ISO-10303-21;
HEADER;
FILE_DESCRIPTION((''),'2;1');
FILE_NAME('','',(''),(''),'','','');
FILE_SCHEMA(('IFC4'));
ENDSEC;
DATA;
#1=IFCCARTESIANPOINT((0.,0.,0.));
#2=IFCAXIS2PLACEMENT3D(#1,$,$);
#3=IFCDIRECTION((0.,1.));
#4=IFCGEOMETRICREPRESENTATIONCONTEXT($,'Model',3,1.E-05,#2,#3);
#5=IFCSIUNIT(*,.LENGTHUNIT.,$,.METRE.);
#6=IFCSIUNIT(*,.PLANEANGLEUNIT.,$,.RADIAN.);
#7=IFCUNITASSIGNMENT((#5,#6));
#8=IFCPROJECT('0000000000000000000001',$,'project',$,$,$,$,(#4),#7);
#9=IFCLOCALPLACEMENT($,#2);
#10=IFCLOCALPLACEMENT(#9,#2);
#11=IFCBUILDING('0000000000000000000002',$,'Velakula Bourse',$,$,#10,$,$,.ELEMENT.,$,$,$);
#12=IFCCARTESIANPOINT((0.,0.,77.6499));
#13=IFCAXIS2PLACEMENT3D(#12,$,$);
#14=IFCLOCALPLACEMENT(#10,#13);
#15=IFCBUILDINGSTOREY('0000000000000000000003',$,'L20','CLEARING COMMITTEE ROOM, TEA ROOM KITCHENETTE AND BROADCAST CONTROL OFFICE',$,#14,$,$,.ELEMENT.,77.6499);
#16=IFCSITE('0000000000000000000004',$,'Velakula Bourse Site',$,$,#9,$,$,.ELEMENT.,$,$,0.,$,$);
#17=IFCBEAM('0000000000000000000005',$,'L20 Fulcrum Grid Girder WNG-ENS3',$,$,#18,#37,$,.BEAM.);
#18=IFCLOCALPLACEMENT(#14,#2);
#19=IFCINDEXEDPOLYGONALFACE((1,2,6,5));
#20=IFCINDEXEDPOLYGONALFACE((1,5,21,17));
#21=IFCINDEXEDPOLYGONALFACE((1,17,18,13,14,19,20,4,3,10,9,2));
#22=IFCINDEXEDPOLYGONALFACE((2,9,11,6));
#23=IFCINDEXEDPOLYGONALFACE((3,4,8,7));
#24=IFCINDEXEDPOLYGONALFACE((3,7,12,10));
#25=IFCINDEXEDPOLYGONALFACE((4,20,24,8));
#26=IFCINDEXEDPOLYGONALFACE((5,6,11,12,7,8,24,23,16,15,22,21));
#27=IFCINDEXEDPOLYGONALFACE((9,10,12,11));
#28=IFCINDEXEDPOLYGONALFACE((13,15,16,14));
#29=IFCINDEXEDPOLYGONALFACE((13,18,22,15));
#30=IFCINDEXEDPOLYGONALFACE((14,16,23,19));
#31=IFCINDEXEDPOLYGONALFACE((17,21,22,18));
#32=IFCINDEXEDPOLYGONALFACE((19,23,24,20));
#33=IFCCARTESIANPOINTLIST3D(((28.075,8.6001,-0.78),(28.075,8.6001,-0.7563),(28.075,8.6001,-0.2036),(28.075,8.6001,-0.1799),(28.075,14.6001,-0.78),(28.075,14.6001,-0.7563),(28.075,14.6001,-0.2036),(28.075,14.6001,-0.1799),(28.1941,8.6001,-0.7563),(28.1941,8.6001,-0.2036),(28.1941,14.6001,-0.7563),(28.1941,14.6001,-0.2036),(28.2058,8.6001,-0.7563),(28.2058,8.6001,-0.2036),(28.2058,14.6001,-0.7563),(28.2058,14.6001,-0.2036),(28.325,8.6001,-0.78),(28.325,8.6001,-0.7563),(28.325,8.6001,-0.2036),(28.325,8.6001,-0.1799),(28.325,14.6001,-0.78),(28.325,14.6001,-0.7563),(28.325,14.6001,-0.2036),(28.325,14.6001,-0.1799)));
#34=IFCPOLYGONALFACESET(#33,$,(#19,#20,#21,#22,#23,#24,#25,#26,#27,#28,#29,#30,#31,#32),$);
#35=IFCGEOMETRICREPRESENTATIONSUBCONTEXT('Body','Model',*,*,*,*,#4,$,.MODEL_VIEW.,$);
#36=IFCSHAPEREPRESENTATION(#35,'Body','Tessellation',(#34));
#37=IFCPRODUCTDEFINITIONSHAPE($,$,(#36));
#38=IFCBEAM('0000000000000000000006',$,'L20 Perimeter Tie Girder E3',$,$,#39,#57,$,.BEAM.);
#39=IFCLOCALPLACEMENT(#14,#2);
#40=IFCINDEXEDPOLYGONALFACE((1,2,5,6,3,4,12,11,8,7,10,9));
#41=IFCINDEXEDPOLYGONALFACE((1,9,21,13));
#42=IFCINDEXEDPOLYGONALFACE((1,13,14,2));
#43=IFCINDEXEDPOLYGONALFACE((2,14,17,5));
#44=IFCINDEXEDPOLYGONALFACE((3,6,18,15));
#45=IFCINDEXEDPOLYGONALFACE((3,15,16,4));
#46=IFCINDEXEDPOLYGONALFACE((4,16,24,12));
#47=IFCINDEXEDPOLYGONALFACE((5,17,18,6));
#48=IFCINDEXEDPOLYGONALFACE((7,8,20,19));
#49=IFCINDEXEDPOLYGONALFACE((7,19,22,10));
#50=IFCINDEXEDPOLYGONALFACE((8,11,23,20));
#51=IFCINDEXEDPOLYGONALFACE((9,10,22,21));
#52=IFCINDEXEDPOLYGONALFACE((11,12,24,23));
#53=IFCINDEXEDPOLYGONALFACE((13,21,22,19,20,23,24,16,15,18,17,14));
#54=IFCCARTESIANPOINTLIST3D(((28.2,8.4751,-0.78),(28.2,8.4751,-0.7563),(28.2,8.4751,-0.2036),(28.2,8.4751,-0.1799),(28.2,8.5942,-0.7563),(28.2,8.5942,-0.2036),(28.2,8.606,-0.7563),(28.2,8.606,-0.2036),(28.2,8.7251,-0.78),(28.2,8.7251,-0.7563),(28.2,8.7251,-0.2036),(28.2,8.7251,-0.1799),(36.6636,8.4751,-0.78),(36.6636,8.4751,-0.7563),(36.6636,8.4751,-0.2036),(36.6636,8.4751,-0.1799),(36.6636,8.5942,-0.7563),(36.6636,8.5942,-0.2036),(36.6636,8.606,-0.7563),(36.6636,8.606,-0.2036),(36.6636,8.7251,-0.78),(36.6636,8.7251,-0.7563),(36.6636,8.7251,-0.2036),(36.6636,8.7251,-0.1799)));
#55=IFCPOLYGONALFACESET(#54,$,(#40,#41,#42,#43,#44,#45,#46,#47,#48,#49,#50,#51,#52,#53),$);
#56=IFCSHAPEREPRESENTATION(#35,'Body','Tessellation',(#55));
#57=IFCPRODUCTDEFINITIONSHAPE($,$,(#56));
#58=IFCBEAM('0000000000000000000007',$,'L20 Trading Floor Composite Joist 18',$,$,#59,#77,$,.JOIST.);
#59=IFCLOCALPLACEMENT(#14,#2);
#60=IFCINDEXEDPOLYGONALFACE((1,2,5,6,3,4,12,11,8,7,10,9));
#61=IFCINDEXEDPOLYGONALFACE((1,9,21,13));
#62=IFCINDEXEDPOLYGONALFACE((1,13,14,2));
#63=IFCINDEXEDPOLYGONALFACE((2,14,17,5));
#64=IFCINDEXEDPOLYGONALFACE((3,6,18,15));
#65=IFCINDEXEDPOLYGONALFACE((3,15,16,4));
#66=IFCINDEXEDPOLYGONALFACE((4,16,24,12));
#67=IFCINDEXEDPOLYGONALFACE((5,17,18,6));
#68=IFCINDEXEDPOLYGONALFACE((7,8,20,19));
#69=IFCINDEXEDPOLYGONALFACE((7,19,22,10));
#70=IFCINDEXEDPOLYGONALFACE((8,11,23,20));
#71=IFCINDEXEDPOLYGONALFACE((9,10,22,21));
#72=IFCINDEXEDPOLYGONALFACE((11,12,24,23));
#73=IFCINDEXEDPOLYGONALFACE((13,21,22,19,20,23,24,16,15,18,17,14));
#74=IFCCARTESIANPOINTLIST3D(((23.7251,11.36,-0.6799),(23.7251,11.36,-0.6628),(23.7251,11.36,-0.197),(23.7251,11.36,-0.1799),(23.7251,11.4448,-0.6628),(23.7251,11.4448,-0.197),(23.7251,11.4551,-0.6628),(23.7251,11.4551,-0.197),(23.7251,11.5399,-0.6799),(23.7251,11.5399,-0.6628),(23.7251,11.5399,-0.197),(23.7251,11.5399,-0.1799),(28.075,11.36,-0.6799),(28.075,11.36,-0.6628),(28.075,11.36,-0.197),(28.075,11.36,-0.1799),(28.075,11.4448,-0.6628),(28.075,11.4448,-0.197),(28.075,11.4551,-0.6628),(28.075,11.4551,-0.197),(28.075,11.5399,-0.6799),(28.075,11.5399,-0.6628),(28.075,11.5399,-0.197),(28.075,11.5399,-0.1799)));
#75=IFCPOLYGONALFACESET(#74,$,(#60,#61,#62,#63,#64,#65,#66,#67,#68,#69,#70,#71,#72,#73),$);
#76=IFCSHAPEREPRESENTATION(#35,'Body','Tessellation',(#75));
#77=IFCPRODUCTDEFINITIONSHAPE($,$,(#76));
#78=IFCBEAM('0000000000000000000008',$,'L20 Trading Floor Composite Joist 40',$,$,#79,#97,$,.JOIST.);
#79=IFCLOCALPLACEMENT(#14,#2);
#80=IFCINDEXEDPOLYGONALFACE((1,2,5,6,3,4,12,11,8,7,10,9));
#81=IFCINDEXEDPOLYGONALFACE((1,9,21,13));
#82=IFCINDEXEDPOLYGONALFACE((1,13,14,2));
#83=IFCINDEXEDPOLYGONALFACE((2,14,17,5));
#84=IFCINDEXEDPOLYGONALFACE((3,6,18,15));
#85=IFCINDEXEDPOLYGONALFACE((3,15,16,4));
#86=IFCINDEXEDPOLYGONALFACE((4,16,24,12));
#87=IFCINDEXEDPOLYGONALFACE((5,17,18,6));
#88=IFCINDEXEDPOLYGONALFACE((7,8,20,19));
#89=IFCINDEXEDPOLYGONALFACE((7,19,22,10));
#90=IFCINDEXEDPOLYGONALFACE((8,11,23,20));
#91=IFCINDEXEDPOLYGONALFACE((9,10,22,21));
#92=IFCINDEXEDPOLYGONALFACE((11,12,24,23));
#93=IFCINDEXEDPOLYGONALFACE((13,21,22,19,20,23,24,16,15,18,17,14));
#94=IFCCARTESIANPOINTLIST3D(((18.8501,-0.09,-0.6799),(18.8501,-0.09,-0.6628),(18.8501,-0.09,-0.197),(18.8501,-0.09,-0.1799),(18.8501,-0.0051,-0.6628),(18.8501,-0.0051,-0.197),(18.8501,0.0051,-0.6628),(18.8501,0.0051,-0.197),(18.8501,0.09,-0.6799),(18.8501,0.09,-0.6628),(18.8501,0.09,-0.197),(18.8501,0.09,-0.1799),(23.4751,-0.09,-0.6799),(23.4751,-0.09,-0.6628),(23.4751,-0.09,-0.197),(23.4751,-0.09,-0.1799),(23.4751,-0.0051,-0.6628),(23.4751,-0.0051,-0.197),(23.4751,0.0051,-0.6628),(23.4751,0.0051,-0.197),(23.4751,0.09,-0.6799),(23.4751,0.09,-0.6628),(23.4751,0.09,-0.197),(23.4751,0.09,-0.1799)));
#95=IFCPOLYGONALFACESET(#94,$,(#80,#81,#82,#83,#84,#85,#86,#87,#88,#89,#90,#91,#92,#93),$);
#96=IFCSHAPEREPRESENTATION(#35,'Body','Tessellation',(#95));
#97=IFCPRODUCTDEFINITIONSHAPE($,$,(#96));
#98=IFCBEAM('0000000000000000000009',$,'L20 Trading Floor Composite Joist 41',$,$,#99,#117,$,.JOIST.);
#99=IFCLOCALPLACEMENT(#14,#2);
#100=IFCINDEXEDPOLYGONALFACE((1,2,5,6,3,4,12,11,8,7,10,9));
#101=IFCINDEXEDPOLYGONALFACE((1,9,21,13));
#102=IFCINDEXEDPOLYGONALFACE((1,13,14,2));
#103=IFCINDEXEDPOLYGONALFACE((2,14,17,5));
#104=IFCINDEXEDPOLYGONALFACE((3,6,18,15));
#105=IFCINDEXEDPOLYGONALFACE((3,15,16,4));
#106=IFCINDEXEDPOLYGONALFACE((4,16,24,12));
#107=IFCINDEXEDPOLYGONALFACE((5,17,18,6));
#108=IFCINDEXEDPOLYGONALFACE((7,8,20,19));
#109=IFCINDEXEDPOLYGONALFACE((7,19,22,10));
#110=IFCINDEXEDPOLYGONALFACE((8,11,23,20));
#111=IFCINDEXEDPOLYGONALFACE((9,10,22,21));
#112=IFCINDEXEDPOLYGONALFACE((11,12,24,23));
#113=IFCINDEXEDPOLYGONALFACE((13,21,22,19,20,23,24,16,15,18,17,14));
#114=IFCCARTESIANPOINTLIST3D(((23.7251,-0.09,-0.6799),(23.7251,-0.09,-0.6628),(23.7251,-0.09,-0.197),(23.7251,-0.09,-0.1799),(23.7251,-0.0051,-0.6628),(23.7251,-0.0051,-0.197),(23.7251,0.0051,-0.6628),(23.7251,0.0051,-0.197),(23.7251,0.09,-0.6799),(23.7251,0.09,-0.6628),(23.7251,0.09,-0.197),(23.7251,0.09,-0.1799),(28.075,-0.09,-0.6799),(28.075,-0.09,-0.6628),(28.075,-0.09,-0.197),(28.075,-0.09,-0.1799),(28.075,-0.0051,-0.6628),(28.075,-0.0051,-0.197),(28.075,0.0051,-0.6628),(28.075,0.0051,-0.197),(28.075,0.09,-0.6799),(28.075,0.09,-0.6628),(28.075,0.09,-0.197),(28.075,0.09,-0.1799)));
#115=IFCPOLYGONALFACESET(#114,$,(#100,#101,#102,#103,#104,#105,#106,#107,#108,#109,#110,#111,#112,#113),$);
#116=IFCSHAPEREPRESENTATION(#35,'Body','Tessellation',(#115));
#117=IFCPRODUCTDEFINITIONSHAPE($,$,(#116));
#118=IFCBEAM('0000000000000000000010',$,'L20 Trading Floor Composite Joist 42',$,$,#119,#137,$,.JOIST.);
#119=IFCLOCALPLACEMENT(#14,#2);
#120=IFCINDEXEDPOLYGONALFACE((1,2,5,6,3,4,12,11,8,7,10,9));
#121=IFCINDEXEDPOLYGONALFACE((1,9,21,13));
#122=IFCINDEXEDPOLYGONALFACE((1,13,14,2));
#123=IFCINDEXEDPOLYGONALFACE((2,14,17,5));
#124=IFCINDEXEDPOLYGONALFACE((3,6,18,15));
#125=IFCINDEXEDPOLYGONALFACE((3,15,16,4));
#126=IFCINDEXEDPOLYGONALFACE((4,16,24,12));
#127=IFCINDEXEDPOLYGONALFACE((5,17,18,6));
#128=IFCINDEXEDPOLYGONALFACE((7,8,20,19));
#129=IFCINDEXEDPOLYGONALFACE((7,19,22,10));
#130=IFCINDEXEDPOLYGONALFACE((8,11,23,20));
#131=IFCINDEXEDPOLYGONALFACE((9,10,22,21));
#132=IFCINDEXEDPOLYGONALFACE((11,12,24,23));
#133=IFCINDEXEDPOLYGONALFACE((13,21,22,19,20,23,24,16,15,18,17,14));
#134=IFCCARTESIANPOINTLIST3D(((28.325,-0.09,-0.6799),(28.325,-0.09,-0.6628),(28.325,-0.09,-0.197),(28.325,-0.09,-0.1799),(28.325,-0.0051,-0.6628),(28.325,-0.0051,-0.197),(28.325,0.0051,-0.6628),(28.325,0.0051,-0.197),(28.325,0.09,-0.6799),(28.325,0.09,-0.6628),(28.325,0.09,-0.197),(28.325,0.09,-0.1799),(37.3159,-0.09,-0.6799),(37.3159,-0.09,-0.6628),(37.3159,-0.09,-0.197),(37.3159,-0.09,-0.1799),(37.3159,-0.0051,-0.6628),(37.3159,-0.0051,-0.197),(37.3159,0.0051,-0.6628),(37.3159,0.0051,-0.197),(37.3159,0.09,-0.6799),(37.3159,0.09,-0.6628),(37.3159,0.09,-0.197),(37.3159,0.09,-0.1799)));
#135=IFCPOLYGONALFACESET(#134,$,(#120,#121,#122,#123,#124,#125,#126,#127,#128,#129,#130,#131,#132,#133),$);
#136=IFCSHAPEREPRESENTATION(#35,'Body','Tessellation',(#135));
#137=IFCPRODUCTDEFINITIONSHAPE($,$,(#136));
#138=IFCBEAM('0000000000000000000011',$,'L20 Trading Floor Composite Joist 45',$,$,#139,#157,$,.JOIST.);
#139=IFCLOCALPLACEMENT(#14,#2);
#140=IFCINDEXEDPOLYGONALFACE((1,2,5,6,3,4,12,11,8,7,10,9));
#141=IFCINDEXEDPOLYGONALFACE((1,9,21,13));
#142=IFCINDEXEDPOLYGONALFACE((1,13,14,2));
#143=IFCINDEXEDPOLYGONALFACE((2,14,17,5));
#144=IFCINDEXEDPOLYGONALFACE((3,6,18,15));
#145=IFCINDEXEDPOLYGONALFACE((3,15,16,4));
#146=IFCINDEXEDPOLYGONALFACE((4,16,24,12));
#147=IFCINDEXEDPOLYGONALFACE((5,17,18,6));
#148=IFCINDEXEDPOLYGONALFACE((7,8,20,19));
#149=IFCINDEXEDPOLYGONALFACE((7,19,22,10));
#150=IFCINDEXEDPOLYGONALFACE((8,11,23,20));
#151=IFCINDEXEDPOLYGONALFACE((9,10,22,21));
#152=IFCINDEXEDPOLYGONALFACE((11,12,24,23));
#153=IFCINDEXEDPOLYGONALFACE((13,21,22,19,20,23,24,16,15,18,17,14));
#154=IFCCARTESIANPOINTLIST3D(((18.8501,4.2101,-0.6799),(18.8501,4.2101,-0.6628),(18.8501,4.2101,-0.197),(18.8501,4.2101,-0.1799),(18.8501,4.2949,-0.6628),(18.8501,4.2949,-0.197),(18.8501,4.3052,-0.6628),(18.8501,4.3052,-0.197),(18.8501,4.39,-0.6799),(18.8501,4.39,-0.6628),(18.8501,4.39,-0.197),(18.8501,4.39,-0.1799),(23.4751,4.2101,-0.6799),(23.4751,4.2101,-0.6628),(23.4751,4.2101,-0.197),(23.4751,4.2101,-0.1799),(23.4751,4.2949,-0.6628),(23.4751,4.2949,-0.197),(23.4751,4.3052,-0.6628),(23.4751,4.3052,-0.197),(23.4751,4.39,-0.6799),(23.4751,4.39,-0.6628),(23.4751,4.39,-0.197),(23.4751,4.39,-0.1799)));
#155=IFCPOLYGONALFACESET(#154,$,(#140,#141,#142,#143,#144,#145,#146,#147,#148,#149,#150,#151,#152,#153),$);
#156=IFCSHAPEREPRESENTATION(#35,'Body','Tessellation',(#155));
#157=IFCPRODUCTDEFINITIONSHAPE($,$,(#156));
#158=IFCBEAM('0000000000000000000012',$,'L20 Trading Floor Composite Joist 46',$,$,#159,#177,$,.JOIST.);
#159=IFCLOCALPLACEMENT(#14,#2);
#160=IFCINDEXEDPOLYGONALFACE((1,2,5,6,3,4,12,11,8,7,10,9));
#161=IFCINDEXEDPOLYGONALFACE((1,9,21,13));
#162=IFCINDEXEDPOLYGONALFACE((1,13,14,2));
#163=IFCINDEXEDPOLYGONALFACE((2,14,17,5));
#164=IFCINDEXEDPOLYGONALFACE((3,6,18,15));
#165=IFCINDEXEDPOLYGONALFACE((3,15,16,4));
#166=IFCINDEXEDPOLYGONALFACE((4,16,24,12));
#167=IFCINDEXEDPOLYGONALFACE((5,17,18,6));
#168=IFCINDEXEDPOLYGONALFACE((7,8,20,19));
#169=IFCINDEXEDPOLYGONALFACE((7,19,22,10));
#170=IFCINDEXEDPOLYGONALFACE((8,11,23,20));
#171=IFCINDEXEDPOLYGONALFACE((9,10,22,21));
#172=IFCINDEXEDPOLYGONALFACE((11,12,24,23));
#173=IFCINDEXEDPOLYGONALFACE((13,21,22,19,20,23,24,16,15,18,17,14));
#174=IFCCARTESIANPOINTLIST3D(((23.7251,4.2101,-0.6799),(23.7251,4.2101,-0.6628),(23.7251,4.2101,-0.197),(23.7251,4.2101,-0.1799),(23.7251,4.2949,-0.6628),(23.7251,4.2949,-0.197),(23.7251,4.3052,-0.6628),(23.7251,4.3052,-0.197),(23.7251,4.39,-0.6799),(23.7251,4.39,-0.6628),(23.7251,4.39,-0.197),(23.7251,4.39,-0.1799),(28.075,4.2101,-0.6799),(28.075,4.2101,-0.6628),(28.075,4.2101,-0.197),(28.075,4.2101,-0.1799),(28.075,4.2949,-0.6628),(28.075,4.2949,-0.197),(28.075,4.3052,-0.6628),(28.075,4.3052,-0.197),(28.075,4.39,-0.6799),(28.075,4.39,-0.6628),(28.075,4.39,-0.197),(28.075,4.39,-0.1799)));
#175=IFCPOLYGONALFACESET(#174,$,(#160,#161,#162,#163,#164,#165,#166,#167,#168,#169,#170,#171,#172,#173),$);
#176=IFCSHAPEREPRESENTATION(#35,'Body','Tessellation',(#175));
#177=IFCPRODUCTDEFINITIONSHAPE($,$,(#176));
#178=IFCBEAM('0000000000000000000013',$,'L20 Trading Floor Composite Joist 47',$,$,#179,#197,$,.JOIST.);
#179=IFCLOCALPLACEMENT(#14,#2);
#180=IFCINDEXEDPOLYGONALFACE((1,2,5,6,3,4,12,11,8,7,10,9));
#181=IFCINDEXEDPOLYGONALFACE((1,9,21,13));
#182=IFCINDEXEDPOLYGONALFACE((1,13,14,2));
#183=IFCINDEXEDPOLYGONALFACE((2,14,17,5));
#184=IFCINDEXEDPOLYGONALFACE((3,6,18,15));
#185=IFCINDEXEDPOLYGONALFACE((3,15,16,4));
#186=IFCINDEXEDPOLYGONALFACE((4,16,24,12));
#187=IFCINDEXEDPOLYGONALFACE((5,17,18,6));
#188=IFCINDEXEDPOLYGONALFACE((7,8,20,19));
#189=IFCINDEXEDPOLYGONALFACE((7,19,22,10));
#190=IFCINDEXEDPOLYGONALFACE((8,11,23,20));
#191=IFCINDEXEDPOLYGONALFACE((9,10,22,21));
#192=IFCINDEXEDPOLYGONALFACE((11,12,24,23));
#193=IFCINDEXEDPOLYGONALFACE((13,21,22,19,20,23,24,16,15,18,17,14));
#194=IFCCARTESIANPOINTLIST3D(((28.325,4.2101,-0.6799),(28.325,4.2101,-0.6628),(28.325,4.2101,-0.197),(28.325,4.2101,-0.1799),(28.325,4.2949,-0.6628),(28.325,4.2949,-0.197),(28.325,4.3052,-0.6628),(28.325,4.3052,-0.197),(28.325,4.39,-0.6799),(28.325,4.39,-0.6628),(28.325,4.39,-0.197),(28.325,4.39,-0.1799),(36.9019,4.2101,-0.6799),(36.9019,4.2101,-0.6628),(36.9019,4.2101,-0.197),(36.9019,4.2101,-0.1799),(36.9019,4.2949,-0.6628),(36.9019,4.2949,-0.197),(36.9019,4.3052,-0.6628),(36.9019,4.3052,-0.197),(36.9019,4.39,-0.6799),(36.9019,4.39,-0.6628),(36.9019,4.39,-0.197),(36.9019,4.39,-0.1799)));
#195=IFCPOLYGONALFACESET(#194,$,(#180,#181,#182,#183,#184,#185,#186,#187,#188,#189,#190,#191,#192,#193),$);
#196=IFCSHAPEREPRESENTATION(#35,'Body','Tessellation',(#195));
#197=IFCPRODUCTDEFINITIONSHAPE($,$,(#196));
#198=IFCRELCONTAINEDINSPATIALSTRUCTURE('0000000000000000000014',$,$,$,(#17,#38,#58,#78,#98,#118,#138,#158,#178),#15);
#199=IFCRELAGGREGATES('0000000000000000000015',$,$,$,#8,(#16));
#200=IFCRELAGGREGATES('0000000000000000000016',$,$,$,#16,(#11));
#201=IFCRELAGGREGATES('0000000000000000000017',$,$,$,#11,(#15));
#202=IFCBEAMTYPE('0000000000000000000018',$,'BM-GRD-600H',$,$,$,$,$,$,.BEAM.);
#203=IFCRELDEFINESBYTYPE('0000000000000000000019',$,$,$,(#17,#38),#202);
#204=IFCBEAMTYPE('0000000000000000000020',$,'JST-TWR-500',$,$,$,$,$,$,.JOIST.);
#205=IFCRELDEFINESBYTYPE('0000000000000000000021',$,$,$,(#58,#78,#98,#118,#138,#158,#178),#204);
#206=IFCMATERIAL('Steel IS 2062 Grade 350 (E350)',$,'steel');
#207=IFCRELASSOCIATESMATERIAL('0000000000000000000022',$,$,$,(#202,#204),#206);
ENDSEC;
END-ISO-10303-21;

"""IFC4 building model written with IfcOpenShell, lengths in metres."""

from ifc_helpers import new_model, si_unit, direction, frame, origin, origin_2d, place, context, subcontext, project, spatial, i_section, extrude, material, material_profile, profile_set, type_object, element, save


model = new_model("IFC4")

# Units and contexts
model_context = context("Model", 3, precision=1e-05, world=origin(), true_north=direction((0.0, 1.0)))
body_context = subcontext(model_context, "Body", "Model", "MODEL_VIEW")
ifc_project = project(units=[si_unit("LENGTHUNIT", "METRE"), si_unit("PLANEANGLEUNIT", "RADIAN")], contexts=[model_context])

# Site, building, storey
site_placement = place(None, origin())
site = spatial("IfcSite", under=ifc_project, at=site_placement, Name="Velakula Bourse Site", CompositionType="ELEMENT", RefElevation=0.0)
building_placement = place(site_placement, origin())
building = spatial("IfcBuilding", under=site, at=building_placement, Name="Velakula Bourse", CompositionType="ELEMENT")
storey_placement = place(building_placement, frame((0.0, 0.0, 77.6499)))
storey = spatial("IfcBuildingStorey", under=building, at=storey_placement, Name="L20", Description="CLEARING COMMITTEE ROOM, TEA ROOM KITCHENETTE AND BROADCAST CONTROL OFFICE", CompositionType="ELEMENT", Elevation=77.6499)

# Beams
ifc_material_1 = material(Name="Steel IS 2062 Grade 350 (E350)", Category="steel")
ifc_material_profile_1 = material_profile(ifc_material_1, i_section(OverallWidth=0.25, OverallDepth=0.6001, WebThickness=0.0117, FlangeThickness=0.0237, at=origin_2d()), Name="Steel IS 2062 Grade 350 (E350)")
ifc_profile_set_1 = profile_set([ifc_material_profile_1], Name="Steel IS 2062 Grade 350 (E350)")
beam_type_1 = type_object("IfcBeamType", Name="BM-GRD-600H", PredefinedType="BEAM", material=ifc_profile_set_1)
beam_1_placement = place(storey_placement, frame((28.2, 8.6001, -0.48), z_axis=(0.0, 1.0, 0.0), x_axis=(-1.0, 0.0, 0.0)))
element("IfcBeam", 1, at=beam_1_placement, inside=storey, type_object=beam_type_1, Name="L20 Fulcrum Grid Girder WNG-ENS3", PredefinedType="BEAM", context=body_context, shape_type="SweptSolid", body=[
    extrude(i_section(OverallWidth=0.25, OverallDepth=0.6001, WebThickness=0.0117, FlangeThickness=0.0237, at=origin_2d()), origin(), (0.0, 0.0, 1.0), 6.0),
])
beam_2_placement = place(storey_placement, frame((28.2, 8.6001, -0.48), z_axis=(1.0, 0.0, 0.0), x_axis=(0.0, 1.0, 0.0)))
element("IfcBeam", 2, at=beam_2_placement, inside=storey, type_object=beam_type_1, Name="L20 Perimeter Tie Girder E3", PredefinedType="BEAM", context=body_context, shape_type="SweptSolid", body=[
    extrude(i_section(OverallWidth=0.25, OverallDepth=0.6001, WebThickness=0.0117, FlangeThickness=0.0237, at=origin_2d()), origin(), (0.0, 0.0, 1.0), 8.4636),
])
ifc_material_profile_2 = material_profile(ifc_material_1, i_section(OverallWidth=0.1799, OverallDepth=0.5, WebThickness=0.0103, FlangeThickness=0.0171, at=origin_2d()), Name="Steel IS 2062 Grade 350 (E350)")
ifc_profile_set_2 = profile_set([ifc_material_profile_2], Name="Steel IS 2062 Grade 350 (E350)")
beam_type_2 = type_object("IfcBeamType", Name="JST-TWR-500", PredefinedType="JOIST", material=ifc_profile_set_2)
beam_3_placement = place(storey_placement, frame((23.7251, 11.45, -0.4299), z_axis=(1.0, 0.0, 0.0), x_axis=(0.0, 1.0, 0.0)))
element("IfcBeam", 3, at=beam_3_placement, inside=storey, type_object=beam_type_2, Name="L20 Trading Floor Composite Joist 18", PredefinedType="JOIST", context=body_context, shape_type="SweptSolid", body=[
    extrude(i_section(OverallWidth=0.1799, OverallDepth=0.5, WebThickness=0.0103, FlangeThickness=0.0171, at=origin_2d()), origin(), (0.0, 0.0, 1.0), 4.3499),
])
beam_4_placement = place(storey_placement, frame((18.8501, 0.0, -0.4299), z_axis=(1.0, 0.0, 0.0), x_axis=(0.0, 1.0, 0.0)))
element("IfcBeam", 4, at=beam_4_placement, inside=storey, type_object=beam_type_2, Name="L20 Trading Floor Composite Joist 40", PredefinedType="JOIST", context=body_context, shape_type="SweptSolid", body=[
    extrude(i_section(OverallWidth=0.1799, OverallDepth=0.5, WebThickness=0.0103, FlangeThickness=0.0171, at=origin_2d()), origin(), (0.0, 0.0, 1.0), 4.625),
])
beam_5_placement = place(storey_placement, frame((23.7251, 0.0, -0.4299), z_axis=(1.0, 0.0, 0.0), x_axis=(0.0, 1.0, 0.0)))
element("IfcBeam", 5, at=beam_5_placement, inside=storey, type_object=beam_type_2, Name="L20 Trading Floor Composite Joist 41", PredefinedType="JOIST", context=body_context, shape_type="SweptSolid", body=[
    extrude(i_section(OverallWidth=0.1799, OverallDepth=0.5, WebThickness=0.0103, FlangeThickness=0.0171, at=origin_2d()), origin(), (0.0, 0.0, 1.0), 4.3499),
])
beam_6_placement = place(storey_placement, frame((28.325, 0.0, -0.4299), z_axis=(1.0, 0.0, 0.0), x_axis=(0.0, 1.0, 0.0)))
element("IfcBeam", 6, at=beam_6_placement, inside=storey, type_object=beam_type_2, Name="L20 Trading Floor Composite Joist 42", PredefinedType="JOIST", context=body_context, shape_type="SweptSolid", body=[
    extrude(i_section(OverallWidth=0.1799, OverallDepth=0.5, WebThickness=0.0103, FlangeThickness=0.0171, at=origin_2d()), origin(), (0.0, 0.0, 1.0), 8.991),
])
beam_7_placement = place(storey_placement, frame((18.8501, 4.3, -0.4299), z_axis=(1.0, 0.0, 0.0), x_axis=(0.0, 1.0, 0.0)))
element("IfcBeam", 7, at=beam_7_placement, inside=storey, type_object=beam_type_2, Name="L20 Trading Floor Composite Joist 45", PredefinedType="JOIST", context=body_context, shape_type="SweptSolid", body=[
    extrude(i_section(OverallWidth=0.1799, OverallDepth=0.5, WebThickness=0.0103, FlangeThickness=0.0171, at=origin_2d()), origin(), (0.0, 0.0, 1.0), 4.625),
])
beam_8_placement = place(storey_placement, frame((23.7251, 4.3, -0.4299), z_axis=(1.0, 0.0, 0.0), x_axis=(0.0, 1.0, 0.0)))
element("IfcBeam", 8, at=beam_8_placement, inside=storey, type_object=beam_type_2, Name="L20 Trading Floor Composite Joist 46", PredefinedType="JOIST", context=body_context, shape_type="SweptSolid", body=[
    extrude(i_section(OverallWidth=0.1799, OverallDepth=0.5, WebThickness=0.0103, FlangeThickness=0.0171, at=origin_2d()), origin(), (0.0, 0.0, 1.0), 4.3499),
])
beam_9_placement = place(storey_placement, frame((28.325, 4.3, -0.4299), z_axis=(1.0, 0.0, 0.0), x_axis=(0.0, 1.0, 0.0)))
element("IfcBeam", 9, at=beam_9_placement, inside=storey, type_object=beam_type_2, Name="L20 Trading Floor Composite Joist 47", PredefinedType="JOIST", context=body_context, shape_type="SweptSolid", body=[
    extrude(i_section(OverallWidth=0.1799, OverallDepth=0.5, WebThickness=0.0103, FlangeThickness=0.0171, at=origin_2d()), origin(), (0.0, 0.0, 1.0), 8.5769),
])

save(model, "model.ifc")
